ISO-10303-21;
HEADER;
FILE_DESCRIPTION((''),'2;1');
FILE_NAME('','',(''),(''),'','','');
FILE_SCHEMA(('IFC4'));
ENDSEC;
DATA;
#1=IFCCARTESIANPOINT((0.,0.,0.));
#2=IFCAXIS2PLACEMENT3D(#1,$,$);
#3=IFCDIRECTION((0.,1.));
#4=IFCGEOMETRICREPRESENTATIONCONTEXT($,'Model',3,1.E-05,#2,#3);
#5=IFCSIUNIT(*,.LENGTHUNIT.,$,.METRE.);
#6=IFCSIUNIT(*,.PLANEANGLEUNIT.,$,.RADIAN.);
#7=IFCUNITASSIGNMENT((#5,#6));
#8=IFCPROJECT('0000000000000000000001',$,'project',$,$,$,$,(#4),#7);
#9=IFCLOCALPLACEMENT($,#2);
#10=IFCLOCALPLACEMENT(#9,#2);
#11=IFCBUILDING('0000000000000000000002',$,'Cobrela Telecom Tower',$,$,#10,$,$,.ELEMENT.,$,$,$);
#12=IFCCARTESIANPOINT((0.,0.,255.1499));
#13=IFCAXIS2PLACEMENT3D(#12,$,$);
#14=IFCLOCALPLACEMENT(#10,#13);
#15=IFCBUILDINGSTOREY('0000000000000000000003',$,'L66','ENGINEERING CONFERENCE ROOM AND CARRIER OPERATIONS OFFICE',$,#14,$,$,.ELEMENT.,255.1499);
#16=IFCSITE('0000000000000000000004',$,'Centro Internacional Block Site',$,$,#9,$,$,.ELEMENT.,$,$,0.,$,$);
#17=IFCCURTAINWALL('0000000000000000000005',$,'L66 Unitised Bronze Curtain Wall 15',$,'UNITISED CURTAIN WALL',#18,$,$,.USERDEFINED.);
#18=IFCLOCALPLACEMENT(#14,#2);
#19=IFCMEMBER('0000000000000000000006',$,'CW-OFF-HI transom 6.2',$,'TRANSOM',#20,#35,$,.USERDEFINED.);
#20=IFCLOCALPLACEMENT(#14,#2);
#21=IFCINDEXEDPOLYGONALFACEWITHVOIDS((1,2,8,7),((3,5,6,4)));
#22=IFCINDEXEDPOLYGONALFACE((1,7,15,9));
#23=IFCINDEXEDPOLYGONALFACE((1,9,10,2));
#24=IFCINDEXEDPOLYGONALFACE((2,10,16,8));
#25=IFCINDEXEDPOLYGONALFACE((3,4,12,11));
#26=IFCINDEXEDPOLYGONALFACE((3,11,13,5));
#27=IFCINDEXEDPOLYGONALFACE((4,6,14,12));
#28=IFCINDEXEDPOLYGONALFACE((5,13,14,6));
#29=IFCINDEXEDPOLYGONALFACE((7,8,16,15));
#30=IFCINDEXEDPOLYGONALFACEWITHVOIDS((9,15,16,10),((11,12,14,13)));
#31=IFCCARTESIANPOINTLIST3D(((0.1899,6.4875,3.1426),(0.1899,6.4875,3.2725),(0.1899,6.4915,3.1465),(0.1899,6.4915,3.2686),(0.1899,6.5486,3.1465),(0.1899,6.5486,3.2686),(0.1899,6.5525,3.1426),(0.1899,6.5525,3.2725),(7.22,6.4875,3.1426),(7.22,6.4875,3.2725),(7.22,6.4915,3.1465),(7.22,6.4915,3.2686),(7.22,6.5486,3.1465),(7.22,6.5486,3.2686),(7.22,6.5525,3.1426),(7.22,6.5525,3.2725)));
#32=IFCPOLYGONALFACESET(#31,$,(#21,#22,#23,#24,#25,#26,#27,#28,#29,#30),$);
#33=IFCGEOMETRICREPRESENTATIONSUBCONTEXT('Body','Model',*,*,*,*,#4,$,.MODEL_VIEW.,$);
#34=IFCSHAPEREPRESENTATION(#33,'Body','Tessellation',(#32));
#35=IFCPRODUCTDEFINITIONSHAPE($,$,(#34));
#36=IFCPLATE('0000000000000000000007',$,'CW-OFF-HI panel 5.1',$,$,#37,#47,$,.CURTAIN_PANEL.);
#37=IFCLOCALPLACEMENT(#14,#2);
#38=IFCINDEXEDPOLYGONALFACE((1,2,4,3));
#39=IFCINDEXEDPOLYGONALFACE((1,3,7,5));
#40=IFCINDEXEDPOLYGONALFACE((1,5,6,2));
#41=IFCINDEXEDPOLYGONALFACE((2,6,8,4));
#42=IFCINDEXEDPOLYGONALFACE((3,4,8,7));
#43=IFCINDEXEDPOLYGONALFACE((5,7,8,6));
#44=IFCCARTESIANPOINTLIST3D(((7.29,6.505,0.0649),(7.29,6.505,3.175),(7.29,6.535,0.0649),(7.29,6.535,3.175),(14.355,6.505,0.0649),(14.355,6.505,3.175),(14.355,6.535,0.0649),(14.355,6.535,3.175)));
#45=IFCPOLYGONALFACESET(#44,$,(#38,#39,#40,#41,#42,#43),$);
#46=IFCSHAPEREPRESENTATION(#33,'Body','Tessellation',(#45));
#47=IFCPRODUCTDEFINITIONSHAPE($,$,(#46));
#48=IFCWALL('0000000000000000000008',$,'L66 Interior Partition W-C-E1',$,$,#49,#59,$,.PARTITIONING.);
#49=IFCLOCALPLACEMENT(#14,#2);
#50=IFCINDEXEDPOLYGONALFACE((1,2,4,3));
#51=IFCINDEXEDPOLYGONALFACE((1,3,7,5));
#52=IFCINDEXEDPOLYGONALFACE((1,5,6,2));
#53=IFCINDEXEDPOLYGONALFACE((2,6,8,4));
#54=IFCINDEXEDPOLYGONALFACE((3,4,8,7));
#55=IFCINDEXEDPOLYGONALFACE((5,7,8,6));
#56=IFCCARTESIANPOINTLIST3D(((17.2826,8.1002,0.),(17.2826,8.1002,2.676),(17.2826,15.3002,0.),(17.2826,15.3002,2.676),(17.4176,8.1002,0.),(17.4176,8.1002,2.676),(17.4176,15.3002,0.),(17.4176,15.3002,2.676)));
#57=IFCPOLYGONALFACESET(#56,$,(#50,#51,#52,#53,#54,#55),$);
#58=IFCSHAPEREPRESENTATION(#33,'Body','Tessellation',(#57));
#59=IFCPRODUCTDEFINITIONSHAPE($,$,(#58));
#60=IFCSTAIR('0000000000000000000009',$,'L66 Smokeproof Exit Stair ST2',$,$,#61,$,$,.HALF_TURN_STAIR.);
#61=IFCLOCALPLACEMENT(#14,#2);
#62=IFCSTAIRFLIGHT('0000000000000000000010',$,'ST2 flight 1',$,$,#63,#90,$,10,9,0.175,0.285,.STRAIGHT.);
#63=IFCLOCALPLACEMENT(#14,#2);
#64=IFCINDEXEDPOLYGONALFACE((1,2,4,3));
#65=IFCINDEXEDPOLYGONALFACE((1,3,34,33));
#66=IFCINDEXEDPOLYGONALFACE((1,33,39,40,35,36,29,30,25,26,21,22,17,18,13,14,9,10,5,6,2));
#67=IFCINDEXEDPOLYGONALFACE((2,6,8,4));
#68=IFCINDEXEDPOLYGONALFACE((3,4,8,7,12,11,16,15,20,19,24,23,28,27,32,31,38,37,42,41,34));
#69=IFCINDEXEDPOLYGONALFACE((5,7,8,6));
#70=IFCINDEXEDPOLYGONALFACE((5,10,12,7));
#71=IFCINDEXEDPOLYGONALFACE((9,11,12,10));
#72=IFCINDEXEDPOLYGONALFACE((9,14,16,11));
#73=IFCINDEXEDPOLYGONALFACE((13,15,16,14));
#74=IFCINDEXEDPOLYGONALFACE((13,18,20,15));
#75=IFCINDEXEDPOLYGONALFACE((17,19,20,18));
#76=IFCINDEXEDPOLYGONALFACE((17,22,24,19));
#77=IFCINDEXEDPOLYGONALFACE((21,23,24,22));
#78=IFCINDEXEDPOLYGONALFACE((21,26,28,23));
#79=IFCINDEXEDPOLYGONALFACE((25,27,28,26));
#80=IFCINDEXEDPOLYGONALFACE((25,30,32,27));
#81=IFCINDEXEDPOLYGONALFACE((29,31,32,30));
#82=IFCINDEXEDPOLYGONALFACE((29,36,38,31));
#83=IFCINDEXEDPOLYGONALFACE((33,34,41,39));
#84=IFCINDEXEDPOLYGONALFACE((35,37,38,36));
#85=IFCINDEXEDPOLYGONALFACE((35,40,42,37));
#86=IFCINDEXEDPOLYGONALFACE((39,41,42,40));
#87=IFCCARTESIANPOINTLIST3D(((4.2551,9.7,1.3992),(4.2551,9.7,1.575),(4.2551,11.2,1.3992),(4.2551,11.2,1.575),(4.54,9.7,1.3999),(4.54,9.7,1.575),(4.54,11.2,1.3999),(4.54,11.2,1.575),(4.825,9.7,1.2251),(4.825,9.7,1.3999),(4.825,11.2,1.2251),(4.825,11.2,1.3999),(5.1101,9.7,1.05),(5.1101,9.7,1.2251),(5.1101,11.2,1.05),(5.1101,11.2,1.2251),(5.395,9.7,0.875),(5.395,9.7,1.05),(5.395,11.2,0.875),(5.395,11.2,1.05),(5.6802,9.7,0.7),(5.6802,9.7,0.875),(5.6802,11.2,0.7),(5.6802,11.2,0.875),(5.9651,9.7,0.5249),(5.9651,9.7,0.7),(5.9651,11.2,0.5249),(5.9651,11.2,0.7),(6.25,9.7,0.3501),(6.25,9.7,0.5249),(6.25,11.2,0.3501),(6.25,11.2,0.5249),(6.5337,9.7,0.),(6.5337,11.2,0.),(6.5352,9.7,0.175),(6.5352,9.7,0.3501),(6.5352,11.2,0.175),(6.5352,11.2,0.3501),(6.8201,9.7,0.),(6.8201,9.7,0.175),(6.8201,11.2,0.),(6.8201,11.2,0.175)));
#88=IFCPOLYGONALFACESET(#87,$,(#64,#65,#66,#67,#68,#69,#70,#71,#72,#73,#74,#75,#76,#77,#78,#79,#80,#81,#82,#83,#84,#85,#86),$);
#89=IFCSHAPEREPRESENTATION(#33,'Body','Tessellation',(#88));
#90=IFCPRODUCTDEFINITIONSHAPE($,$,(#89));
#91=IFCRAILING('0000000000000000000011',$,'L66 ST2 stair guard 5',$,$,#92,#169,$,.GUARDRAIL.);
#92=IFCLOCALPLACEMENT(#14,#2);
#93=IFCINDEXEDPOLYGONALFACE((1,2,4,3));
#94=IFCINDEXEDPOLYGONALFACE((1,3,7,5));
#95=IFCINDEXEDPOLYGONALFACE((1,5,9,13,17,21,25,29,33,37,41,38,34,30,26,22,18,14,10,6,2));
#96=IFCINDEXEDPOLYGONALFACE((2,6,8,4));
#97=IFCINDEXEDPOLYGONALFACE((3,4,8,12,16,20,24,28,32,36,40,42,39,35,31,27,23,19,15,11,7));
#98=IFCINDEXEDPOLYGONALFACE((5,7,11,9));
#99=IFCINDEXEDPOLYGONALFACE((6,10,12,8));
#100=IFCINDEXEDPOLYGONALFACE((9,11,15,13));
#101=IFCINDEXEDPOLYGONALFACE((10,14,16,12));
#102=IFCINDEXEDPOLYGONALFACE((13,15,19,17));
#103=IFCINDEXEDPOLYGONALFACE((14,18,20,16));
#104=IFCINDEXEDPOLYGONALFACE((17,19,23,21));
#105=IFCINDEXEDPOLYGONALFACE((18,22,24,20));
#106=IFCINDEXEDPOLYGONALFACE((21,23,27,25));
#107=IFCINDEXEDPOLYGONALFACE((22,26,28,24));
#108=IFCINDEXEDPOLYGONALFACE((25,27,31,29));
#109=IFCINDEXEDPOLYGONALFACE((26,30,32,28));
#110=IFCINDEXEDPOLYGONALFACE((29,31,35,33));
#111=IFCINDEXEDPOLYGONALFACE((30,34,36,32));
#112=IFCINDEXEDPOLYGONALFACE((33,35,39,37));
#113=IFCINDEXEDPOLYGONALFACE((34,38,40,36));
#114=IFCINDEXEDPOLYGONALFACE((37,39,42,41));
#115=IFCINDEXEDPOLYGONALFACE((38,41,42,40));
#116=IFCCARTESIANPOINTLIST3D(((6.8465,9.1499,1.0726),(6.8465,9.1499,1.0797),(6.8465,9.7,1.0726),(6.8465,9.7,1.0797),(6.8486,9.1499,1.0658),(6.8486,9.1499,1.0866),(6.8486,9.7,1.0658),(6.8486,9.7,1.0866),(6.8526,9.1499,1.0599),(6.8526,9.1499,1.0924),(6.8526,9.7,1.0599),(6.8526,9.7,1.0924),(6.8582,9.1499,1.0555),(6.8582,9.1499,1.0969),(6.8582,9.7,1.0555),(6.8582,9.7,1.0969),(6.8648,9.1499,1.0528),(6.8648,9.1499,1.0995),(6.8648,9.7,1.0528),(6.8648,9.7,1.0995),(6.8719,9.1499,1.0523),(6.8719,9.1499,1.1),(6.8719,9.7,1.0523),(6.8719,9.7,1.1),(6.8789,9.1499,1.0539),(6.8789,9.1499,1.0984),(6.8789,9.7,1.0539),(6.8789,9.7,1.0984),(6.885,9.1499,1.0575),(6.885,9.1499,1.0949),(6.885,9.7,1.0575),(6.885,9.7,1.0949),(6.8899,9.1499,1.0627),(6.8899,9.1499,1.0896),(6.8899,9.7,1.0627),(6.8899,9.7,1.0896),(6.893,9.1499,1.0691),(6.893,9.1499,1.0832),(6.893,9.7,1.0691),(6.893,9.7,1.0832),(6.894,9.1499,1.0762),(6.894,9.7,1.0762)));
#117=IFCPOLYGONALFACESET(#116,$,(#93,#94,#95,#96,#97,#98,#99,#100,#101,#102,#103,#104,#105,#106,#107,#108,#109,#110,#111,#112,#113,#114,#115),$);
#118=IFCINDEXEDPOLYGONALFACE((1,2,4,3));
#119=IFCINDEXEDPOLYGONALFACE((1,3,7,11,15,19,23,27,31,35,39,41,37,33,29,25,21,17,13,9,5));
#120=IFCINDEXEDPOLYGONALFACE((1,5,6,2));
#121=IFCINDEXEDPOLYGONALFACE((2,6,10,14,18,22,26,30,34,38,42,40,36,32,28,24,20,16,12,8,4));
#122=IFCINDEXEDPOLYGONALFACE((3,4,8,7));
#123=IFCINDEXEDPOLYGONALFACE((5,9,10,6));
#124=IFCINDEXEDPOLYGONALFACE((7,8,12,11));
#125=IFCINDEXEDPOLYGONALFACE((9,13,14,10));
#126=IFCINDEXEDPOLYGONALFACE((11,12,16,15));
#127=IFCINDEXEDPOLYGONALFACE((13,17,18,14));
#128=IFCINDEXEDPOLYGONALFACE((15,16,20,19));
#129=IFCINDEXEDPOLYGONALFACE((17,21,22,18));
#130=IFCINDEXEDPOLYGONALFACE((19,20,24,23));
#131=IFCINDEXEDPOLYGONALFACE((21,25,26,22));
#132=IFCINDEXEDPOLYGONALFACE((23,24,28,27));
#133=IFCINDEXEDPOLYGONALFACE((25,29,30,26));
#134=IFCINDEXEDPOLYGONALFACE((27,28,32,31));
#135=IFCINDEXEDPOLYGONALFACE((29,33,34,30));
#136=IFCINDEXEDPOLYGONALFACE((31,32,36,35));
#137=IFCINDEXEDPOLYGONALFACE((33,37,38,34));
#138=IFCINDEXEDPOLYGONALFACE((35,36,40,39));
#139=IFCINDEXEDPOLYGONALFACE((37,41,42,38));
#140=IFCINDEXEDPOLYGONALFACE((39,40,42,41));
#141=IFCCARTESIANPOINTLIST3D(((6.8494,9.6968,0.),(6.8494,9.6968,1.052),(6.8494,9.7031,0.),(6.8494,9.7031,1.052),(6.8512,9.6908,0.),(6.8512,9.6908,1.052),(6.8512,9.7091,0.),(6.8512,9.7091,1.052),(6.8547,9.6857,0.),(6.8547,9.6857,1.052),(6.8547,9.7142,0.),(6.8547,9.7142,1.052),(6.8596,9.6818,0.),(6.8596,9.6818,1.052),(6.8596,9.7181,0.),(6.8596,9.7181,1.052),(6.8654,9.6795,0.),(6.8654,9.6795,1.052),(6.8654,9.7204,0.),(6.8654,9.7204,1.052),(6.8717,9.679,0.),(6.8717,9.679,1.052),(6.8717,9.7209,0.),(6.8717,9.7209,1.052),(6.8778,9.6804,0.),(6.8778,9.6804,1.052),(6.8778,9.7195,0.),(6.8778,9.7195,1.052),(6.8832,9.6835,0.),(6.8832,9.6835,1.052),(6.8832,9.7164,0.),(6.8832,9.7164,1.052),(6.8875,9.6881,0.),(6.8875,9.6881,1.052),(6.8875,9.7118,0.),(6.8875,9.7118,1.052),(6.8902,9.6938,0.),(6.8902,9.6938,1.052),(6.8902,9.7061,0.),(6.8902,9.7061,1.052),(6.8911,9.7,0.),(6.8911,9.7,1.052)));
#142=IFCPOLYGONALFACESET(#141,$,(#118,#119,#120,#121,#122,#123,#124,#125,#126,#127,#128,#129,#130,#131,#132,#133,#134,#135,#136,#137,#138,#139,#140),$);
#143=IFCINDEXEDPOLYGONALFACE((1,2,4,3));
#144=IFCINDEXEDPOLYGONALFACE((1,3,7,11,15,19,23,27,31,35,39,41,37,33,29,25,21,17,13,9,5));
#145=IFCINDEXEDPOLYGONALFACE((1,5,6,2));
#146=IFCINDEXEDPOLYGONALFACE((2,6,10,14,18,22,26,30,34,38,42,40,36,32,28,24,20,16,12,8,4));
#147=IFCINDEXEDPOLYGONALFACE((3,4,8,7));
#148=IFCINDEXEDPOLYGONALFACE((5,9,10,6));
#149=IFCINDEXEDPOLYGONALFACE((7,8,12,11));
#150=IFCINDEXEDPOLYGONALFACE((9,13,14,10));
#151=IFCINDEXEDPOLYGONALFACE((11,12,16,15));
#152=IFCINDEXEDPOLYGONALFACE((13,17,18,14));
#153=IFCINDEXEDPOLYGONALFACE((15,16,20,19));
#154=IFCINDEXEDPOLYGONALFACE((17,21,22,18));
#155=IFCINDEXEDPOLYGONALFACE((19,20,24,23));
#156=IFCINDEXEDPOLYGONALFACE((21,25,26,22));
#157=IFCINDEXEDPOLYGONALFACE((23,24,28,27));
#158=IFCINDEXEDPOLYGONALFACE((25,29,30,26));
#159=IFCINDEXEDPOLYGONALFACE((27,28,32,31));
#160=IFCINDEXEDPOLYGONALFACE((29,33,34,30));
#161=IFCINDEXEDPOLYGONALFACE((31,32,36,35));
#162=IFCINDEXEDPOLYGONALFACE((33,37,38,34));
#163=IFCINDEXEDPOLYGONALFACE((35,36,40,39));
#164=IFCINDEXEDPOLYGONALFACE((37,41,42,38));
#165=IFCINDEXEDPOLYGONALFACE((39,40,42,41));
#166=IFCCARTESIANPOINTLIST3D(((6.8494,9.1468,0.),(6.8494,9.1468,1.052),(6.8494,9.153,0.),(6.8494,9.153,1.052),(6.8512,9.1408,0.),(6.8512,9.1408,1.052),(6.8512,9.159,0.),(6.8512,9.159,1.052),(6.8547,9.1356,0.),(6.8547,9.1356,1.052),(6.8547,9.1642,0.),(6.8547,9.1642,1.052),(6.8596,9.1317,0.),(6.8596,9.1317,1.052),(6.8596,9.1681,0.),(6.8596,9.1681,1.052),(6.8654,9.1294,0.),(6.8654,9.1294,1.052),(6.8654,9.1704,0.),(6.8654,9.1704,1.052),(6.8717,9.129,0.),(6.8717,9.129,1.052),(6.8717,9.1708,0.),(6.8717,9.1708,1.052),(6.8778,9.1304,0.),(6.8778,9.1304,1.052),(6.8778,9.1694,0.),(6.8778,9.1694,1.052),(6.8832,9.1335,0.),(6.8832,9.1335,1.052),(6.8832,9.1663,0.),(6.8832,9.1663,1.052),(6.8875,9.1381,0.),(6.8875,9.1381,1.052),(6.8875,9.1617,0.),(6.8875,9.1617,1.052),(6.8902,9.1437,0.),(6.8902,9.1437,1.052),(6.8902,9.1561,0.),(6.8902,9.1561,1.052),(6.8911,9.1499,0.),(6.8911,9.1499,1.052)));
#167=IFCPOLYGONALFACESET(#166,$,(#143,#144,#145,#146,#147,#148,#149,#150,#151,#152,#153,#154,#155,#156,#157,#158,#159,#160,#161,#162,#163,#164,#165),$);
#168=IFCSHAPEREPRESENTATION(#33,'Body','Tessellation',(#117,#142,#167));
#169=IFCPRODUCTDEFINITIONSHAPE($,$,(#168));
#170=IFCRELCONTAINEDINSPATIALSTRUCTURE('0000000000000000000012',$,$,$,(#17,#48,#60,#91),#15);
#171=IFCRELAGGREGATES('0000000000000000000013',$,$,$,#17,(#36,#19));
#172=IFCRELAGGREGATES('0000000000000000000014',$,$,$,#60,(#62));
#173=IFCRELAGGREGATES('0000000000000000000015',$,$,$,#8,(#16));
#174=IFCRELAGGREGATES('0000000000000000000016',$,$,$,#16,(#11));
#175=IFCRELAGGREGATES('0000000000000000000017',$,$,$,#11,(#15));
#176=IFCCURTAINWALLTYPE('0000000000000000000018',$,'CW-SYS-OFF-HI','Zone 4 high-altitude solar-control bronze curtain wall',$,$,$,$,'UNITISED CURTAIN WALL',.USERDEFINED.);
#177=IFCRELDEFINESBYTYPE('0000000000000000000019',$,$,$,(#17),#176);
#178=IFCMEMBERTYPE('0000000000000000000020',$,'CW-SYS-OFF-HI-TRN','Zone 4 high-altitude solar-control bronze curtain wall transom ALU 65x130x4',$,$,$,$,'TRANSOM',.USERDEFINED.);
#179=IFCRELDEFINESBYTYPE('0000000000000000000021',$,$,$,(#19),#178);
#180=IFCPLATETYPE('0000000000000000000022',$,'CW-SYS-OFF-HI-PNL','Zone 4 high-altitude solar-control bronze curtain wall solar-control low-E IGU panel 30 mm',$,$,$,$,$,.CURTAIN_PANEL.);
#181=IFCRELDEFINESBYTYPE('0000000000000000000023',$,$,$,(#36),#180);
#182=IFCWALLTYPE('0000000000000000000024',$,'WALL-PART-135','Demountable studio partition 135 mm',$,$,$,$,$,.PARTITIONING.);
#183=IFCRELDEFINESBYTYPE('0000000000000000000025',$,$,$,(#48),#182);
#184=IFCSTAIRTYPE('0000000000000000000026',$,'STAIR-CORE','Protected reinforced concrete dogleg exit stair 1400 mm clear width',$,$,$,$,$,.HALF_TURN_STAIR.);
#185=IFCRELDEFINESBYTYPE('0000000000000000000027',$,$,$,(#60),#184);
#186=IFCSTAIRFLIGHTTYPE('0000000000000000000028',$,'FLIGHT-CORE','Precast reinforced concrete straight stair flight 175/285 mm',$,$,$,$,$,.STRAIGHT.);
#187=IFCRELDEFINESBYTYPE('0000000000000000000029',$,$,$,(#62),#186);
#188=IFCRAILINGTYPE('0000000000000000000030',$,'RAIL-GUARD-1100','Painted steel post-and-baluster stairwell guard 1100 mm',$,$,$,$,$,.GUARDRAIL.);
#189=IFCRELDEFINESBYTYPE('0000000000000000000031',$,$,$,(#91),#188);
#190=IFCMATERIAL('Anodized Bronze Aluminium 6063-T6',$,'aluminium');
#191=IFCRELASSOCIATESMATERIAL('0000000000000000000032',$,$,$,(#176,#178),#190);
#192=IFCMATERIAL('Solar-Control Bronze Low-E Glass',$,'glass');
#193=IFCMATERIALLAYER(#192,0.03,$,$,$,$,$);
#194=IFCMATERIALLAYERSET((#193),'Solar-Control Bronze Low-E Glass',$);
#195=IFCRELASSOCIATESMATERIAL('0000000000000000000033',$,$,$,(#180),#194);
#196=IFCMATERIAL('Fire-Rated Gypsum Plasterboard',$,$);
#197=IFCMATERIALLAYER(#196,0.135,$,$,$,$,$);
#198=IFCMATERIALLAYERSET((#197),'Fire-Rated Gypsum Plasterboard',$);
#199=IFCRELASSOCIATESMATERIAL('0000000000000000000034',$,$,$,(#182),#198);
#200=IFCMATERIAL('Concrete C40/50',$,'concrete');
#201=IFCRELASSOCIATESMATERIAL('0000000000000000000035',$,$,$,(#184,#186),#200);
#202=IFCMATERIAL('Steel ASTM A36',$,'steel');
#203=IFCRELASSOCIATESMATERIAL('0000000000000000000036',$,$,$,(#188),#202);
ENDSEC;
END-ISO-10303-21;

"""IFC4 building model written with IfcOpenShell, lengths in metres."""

from ifc_helpers import new_model, si_unit, direction, frame, frame_2d, origin, origin_2d, place, context, subcontext, project, spatial, polyline, rectangle, hollow_rectangle, circle, outline, extrude, material, layer, layer_set, material_profile, profile_set, type_object, element, aggregate, save


model = new_model("IFC4")

# Units and contexts
model_context = context("Model", 3, precision=1e-05, world=origin(), true_north=direction((0.0, 1.0)))
body_context = subcontext(model_context, "Body", "Model", "MODEL_VIEW")
ifc_project = project(units=[si_unit("LENGTHUNIT", "METRE"), si_unit("PLANEANGLEUNIT", "RADIAN")], contexts=[model_context])

# Site, building, storey
site_placement = place(None, origin())
site = spatial("IfcSite", under=ifc_project, at=site_placement, Name="Centro Internacional Block Site", CompositionType="ELEMENT", RefElevation=0.0)
building_placement = place(site_placement, origin())
building = spatial("IfcBuilding", under=site, at=building_placement, Name="Cobrela Telecom Tower", CompositionType="ELEMENT")
storey_placement = place(building_placement, frame((0.0, 0.0, 255.1499)))
storey = spatial("IfcBuildingStorey", under=building, at=storey_placement, Name="L66", Description="ENGINEERING CONFERENCE ROOM AND CARRIER OPERATIONS OFFICE", CompositionType="ELEMENT", Elevation=255.1499)

# Curtain wall, member, plate
ifc_material_1 = material(Name="Anodized Bronze Aluminium 6063-T6", Category="aluminium")
curtain_wall_type = type_object("IfcCurtainWallType", Name="CW-SYS-OFF-HI", Description="Zone 4 high-altitude solar-control bronze curtain wall", ElementType="UNITISED CURTAIN WALL", PredefinedType="USERDEFINED", material=ifc_material_1)
curtain_wall_placement = place(storey_placement, origin())
curtain_wall = element("IfcCurtainWall", 1, at=curtain_wall_placement, inside=storey, type_object=curtain_wall_type, Name="L66 Unitised Bronze Curtain Wall 15", ObjectType="UNITISED CURTAIN WALL", PredefinedType="USERDEFINED")
ifc_material_profile_1 = material_profile(ifc_material_1, hollow_rectangle(XDim=0.0649, YDim=0.1299, WallThickness=0.0039, at=origin_2d()), Name="ALU 65x130x4")
ifc_profile_set_1 = profile_set([ifc_material_profile_1], Name="Anodized Bronze Aluminium 6063-T6")
member_type_1 = type_object("IfcMemberType", Name="CW-SYS-OFF-HI-TRN", Description="Zone 4 high-altitude solar-control bronze curtain wall transom ALU 65x130x4", ElementType="TRANSOM", PredefinedType="USERDEFINED", material=ifc_profile_set_1)
member_1_placement = place(storey_placement, frame((7.22, 6.52, 3.2075), z_axis=(-1.0, 0.0, 0.0), x_axis=(0.0, -1.0, 0.0)))
member_1 = element("IfcMember", 2, at=member_1_placement, type_object=member_type_1, Name="CW-OFF-HI transom 6.2", ObjectType="TRANSOM", PredefinedType="USERDEFINED", context=body_context, shape_type="SweptSolid", body=[
    extrude(hollow_rectangle(XDim=0.0649, YDim=0.1299, WallThickness=0.0039, at=origin_2d()), origin(), (0.0, 0.0, 1.0), 7.03),
])
ifc_material_2 = material(Name="Solar-Control Bronze Low-E Glass", Category="glass")
ifc_layer_1 = layer(ifc_material_2, 0.03)
ifc_layer_set_1 = layer_set([ifc_layer_1], Name="Solar-Control Bronze Low-E Glass")
plate_type = type_object("IfcPlateType", Name="CW-SYS-OFF-HI-PNL", Description="Zone 4 high-altitude solar-control bronze curtain wall solar-control low-E IGU panel 30 mm", PredefinedType="CURTAIN_PANEL", material=ifc_layer_set_1)
plate_placement = place(storey_placement, frame((10.8225, 6.52, 0.0649), z_axis=(0.0, 0.0, 1.0), x_axis=(-1.0, 0.0, 0.0)))
plate = element("IfcPlate", 3, at=plate_placement, type_object=plate_type, Name="CW-OFF-HI panel 5.1", PredefinedType="CURTAIN_PANEL", context=body_context, shape_type="SweptSolid", body=[
    extrude(rectangle(XDim=7.0649, YDim=0.03, at=origin_2d()), origin(), (0.0, 0.0, 1.0), 3.1101),
])
aggregate(curtain_wall, [plate, member_1])

# Wall
ifc_material_3 = material(Name="Fire-Rated Gypsum Plasterboard")
ifc_layer_2 = layer(ifc_material_3, 0.135)
ifc_layer_set_2 = layer_set([ifc_layer_2], Name="Fire-Rated Gypsum Plasterboard")
wall_type_1 = type_object("IfcWallType", Name="WALL-PART-135", Description="Demountable studio partition 135 mm", PredefinedType="PARTITIONING", material=ifc_layer_set_2)
wall_1_placement = place(storey_placement, frame((17.3501, 8.1001, 0.0), z_axis=(0.0, 0.0, 1.0), x_axis=(0.0, 1.0, 0.0)))
element("IfcWall", 4, at=wall_1_placement, inside=storey, type_object=wall_type_1, Name="L66 Interior Partition W-C-E1", PredefinedType="PARTITIONING", context=body_context, shape_type="SweptSolid", body=[
    extrude(rectangle(XDim=7.2, YDim=0.135, at=frame_2d((3.6001, 0.0))), origin(), (0.0, 0.0, 1.0), 2.676),
])

# Shared definitions
ifc_material_4 = material(Name="Concrete C40/50", Category="concrete")
ifc_material_5 = material(Name="Steel ASTM A36", Category="steel")

# Stair, stair flight
stair_type = type_object("IfcStairType", Name="STAIR-CORE", Description="Protected reinforced concrete dogleg exit stair 1400 mm clear width", PredefinedType="HALF_TURN_STAIR", material=ifc_material_4)
stair_placement = place(storey_placement, origin())
stair = element("IfcStair", 5, at=stair_placement, inside=storey, type_object=stair_type, Name="L66 Smokeproof Exit Stair ST2", PredefinedType="HALF_TURN_STAIR")
stair_flight_type = type_object("IfcStairFlightType", Name="FLIGHT-CORE", Description="Precast reinforced concrete straight stair flight 175/285 mm", PredefinedType="STRAIGHT", material=ifc_material_4)
stair_flight_placement = place(storey_placement, frame((6.8201, 10.45, 0.0), z_axis=(0.0, 0.0, 1.0), x_axis=(-1.0, 0.0, 0.0)))
stair_flight = element("IfcStairFlight", 6, at=stair_flight_placement, type_object=stair_flight_type, Name="ST2 flight 1", NumberOfRisers=10, NumberOfTreads=9, PredefinedType="STRAIGHT", RiserHeight=0.175, TreadLength=0.285, context=body_context, shape_type="SweptSolid", body=[
    extrude(outline(polyline([(0.0, 0.0), (0.0, 0.175), (0.2849, 0.175), (0.2849, 0.3501), (0.5701, 0.3501), (0.5701, 0.5249), (0.855, 0.5249), (0.855, 0.7), (1.1399, 0.7), (1.1399, 0.875), (1.425, 0.875), (1.425, 1.05), (1.71, 1.05), (1.71, 1.2251), (1.9951, 1.2251), (1.9951, 1.3999), (2.28, 1.3999), (2.28, 1.575), (2.5649, 1.575), (2.5649, 1.75), (2.5649, 1.3992), (0.2864, 0.0), (0.0, 0.0)])), frame((0.0, 0.75, 0.0), z_axis=(0.0, -1.0, 0.0), x_axis=(1.0, 0.0, 0.0)), (0.0, 0.0, 1.0), 1.5),
])
aggregate(stair, [stair_flight])

# Railing
railing_type = type_object("IfcRailingType", Name="RAIL-GUARD-1100", Description="Painted steel post-and-baluster stairwell guard 1100 mm", PredefinedType="GUARDRAIL", material=ifc_material_5)
railing_placement = place(storey_placement, frame((6.8701, 9.7, 0.0)))
element("IfcRailing", 7, at=railing_placement, inside=storey, type_object=railing_type, Name="L66 ST2 stair guard 5", PredefinedType="GUARDRAIL", context=body_context, shape_type="SweptSolid", body=[
    extrude(circle(Radius=0.0239, at=origin_2d()), frame((0.0, 0.0, 1.0762), z_axis=(0.0, -1.0, 0.0), x_axis=(1.0, 0.0, 0.0)), (0.0, 0.0, 1.0), 0.55),
    extrude(circle(Radius=0.021, at=origin_2d()), origin(), (0.0, 0.0, 1.0), 1.052),
    extrude(circle(Radius=0.021, at=origin_2d()), frame((0.0, -0.55, 0.0)), (0.0, 0.0, 1.0), 1.052),
])

save(model, "model.ifc")
